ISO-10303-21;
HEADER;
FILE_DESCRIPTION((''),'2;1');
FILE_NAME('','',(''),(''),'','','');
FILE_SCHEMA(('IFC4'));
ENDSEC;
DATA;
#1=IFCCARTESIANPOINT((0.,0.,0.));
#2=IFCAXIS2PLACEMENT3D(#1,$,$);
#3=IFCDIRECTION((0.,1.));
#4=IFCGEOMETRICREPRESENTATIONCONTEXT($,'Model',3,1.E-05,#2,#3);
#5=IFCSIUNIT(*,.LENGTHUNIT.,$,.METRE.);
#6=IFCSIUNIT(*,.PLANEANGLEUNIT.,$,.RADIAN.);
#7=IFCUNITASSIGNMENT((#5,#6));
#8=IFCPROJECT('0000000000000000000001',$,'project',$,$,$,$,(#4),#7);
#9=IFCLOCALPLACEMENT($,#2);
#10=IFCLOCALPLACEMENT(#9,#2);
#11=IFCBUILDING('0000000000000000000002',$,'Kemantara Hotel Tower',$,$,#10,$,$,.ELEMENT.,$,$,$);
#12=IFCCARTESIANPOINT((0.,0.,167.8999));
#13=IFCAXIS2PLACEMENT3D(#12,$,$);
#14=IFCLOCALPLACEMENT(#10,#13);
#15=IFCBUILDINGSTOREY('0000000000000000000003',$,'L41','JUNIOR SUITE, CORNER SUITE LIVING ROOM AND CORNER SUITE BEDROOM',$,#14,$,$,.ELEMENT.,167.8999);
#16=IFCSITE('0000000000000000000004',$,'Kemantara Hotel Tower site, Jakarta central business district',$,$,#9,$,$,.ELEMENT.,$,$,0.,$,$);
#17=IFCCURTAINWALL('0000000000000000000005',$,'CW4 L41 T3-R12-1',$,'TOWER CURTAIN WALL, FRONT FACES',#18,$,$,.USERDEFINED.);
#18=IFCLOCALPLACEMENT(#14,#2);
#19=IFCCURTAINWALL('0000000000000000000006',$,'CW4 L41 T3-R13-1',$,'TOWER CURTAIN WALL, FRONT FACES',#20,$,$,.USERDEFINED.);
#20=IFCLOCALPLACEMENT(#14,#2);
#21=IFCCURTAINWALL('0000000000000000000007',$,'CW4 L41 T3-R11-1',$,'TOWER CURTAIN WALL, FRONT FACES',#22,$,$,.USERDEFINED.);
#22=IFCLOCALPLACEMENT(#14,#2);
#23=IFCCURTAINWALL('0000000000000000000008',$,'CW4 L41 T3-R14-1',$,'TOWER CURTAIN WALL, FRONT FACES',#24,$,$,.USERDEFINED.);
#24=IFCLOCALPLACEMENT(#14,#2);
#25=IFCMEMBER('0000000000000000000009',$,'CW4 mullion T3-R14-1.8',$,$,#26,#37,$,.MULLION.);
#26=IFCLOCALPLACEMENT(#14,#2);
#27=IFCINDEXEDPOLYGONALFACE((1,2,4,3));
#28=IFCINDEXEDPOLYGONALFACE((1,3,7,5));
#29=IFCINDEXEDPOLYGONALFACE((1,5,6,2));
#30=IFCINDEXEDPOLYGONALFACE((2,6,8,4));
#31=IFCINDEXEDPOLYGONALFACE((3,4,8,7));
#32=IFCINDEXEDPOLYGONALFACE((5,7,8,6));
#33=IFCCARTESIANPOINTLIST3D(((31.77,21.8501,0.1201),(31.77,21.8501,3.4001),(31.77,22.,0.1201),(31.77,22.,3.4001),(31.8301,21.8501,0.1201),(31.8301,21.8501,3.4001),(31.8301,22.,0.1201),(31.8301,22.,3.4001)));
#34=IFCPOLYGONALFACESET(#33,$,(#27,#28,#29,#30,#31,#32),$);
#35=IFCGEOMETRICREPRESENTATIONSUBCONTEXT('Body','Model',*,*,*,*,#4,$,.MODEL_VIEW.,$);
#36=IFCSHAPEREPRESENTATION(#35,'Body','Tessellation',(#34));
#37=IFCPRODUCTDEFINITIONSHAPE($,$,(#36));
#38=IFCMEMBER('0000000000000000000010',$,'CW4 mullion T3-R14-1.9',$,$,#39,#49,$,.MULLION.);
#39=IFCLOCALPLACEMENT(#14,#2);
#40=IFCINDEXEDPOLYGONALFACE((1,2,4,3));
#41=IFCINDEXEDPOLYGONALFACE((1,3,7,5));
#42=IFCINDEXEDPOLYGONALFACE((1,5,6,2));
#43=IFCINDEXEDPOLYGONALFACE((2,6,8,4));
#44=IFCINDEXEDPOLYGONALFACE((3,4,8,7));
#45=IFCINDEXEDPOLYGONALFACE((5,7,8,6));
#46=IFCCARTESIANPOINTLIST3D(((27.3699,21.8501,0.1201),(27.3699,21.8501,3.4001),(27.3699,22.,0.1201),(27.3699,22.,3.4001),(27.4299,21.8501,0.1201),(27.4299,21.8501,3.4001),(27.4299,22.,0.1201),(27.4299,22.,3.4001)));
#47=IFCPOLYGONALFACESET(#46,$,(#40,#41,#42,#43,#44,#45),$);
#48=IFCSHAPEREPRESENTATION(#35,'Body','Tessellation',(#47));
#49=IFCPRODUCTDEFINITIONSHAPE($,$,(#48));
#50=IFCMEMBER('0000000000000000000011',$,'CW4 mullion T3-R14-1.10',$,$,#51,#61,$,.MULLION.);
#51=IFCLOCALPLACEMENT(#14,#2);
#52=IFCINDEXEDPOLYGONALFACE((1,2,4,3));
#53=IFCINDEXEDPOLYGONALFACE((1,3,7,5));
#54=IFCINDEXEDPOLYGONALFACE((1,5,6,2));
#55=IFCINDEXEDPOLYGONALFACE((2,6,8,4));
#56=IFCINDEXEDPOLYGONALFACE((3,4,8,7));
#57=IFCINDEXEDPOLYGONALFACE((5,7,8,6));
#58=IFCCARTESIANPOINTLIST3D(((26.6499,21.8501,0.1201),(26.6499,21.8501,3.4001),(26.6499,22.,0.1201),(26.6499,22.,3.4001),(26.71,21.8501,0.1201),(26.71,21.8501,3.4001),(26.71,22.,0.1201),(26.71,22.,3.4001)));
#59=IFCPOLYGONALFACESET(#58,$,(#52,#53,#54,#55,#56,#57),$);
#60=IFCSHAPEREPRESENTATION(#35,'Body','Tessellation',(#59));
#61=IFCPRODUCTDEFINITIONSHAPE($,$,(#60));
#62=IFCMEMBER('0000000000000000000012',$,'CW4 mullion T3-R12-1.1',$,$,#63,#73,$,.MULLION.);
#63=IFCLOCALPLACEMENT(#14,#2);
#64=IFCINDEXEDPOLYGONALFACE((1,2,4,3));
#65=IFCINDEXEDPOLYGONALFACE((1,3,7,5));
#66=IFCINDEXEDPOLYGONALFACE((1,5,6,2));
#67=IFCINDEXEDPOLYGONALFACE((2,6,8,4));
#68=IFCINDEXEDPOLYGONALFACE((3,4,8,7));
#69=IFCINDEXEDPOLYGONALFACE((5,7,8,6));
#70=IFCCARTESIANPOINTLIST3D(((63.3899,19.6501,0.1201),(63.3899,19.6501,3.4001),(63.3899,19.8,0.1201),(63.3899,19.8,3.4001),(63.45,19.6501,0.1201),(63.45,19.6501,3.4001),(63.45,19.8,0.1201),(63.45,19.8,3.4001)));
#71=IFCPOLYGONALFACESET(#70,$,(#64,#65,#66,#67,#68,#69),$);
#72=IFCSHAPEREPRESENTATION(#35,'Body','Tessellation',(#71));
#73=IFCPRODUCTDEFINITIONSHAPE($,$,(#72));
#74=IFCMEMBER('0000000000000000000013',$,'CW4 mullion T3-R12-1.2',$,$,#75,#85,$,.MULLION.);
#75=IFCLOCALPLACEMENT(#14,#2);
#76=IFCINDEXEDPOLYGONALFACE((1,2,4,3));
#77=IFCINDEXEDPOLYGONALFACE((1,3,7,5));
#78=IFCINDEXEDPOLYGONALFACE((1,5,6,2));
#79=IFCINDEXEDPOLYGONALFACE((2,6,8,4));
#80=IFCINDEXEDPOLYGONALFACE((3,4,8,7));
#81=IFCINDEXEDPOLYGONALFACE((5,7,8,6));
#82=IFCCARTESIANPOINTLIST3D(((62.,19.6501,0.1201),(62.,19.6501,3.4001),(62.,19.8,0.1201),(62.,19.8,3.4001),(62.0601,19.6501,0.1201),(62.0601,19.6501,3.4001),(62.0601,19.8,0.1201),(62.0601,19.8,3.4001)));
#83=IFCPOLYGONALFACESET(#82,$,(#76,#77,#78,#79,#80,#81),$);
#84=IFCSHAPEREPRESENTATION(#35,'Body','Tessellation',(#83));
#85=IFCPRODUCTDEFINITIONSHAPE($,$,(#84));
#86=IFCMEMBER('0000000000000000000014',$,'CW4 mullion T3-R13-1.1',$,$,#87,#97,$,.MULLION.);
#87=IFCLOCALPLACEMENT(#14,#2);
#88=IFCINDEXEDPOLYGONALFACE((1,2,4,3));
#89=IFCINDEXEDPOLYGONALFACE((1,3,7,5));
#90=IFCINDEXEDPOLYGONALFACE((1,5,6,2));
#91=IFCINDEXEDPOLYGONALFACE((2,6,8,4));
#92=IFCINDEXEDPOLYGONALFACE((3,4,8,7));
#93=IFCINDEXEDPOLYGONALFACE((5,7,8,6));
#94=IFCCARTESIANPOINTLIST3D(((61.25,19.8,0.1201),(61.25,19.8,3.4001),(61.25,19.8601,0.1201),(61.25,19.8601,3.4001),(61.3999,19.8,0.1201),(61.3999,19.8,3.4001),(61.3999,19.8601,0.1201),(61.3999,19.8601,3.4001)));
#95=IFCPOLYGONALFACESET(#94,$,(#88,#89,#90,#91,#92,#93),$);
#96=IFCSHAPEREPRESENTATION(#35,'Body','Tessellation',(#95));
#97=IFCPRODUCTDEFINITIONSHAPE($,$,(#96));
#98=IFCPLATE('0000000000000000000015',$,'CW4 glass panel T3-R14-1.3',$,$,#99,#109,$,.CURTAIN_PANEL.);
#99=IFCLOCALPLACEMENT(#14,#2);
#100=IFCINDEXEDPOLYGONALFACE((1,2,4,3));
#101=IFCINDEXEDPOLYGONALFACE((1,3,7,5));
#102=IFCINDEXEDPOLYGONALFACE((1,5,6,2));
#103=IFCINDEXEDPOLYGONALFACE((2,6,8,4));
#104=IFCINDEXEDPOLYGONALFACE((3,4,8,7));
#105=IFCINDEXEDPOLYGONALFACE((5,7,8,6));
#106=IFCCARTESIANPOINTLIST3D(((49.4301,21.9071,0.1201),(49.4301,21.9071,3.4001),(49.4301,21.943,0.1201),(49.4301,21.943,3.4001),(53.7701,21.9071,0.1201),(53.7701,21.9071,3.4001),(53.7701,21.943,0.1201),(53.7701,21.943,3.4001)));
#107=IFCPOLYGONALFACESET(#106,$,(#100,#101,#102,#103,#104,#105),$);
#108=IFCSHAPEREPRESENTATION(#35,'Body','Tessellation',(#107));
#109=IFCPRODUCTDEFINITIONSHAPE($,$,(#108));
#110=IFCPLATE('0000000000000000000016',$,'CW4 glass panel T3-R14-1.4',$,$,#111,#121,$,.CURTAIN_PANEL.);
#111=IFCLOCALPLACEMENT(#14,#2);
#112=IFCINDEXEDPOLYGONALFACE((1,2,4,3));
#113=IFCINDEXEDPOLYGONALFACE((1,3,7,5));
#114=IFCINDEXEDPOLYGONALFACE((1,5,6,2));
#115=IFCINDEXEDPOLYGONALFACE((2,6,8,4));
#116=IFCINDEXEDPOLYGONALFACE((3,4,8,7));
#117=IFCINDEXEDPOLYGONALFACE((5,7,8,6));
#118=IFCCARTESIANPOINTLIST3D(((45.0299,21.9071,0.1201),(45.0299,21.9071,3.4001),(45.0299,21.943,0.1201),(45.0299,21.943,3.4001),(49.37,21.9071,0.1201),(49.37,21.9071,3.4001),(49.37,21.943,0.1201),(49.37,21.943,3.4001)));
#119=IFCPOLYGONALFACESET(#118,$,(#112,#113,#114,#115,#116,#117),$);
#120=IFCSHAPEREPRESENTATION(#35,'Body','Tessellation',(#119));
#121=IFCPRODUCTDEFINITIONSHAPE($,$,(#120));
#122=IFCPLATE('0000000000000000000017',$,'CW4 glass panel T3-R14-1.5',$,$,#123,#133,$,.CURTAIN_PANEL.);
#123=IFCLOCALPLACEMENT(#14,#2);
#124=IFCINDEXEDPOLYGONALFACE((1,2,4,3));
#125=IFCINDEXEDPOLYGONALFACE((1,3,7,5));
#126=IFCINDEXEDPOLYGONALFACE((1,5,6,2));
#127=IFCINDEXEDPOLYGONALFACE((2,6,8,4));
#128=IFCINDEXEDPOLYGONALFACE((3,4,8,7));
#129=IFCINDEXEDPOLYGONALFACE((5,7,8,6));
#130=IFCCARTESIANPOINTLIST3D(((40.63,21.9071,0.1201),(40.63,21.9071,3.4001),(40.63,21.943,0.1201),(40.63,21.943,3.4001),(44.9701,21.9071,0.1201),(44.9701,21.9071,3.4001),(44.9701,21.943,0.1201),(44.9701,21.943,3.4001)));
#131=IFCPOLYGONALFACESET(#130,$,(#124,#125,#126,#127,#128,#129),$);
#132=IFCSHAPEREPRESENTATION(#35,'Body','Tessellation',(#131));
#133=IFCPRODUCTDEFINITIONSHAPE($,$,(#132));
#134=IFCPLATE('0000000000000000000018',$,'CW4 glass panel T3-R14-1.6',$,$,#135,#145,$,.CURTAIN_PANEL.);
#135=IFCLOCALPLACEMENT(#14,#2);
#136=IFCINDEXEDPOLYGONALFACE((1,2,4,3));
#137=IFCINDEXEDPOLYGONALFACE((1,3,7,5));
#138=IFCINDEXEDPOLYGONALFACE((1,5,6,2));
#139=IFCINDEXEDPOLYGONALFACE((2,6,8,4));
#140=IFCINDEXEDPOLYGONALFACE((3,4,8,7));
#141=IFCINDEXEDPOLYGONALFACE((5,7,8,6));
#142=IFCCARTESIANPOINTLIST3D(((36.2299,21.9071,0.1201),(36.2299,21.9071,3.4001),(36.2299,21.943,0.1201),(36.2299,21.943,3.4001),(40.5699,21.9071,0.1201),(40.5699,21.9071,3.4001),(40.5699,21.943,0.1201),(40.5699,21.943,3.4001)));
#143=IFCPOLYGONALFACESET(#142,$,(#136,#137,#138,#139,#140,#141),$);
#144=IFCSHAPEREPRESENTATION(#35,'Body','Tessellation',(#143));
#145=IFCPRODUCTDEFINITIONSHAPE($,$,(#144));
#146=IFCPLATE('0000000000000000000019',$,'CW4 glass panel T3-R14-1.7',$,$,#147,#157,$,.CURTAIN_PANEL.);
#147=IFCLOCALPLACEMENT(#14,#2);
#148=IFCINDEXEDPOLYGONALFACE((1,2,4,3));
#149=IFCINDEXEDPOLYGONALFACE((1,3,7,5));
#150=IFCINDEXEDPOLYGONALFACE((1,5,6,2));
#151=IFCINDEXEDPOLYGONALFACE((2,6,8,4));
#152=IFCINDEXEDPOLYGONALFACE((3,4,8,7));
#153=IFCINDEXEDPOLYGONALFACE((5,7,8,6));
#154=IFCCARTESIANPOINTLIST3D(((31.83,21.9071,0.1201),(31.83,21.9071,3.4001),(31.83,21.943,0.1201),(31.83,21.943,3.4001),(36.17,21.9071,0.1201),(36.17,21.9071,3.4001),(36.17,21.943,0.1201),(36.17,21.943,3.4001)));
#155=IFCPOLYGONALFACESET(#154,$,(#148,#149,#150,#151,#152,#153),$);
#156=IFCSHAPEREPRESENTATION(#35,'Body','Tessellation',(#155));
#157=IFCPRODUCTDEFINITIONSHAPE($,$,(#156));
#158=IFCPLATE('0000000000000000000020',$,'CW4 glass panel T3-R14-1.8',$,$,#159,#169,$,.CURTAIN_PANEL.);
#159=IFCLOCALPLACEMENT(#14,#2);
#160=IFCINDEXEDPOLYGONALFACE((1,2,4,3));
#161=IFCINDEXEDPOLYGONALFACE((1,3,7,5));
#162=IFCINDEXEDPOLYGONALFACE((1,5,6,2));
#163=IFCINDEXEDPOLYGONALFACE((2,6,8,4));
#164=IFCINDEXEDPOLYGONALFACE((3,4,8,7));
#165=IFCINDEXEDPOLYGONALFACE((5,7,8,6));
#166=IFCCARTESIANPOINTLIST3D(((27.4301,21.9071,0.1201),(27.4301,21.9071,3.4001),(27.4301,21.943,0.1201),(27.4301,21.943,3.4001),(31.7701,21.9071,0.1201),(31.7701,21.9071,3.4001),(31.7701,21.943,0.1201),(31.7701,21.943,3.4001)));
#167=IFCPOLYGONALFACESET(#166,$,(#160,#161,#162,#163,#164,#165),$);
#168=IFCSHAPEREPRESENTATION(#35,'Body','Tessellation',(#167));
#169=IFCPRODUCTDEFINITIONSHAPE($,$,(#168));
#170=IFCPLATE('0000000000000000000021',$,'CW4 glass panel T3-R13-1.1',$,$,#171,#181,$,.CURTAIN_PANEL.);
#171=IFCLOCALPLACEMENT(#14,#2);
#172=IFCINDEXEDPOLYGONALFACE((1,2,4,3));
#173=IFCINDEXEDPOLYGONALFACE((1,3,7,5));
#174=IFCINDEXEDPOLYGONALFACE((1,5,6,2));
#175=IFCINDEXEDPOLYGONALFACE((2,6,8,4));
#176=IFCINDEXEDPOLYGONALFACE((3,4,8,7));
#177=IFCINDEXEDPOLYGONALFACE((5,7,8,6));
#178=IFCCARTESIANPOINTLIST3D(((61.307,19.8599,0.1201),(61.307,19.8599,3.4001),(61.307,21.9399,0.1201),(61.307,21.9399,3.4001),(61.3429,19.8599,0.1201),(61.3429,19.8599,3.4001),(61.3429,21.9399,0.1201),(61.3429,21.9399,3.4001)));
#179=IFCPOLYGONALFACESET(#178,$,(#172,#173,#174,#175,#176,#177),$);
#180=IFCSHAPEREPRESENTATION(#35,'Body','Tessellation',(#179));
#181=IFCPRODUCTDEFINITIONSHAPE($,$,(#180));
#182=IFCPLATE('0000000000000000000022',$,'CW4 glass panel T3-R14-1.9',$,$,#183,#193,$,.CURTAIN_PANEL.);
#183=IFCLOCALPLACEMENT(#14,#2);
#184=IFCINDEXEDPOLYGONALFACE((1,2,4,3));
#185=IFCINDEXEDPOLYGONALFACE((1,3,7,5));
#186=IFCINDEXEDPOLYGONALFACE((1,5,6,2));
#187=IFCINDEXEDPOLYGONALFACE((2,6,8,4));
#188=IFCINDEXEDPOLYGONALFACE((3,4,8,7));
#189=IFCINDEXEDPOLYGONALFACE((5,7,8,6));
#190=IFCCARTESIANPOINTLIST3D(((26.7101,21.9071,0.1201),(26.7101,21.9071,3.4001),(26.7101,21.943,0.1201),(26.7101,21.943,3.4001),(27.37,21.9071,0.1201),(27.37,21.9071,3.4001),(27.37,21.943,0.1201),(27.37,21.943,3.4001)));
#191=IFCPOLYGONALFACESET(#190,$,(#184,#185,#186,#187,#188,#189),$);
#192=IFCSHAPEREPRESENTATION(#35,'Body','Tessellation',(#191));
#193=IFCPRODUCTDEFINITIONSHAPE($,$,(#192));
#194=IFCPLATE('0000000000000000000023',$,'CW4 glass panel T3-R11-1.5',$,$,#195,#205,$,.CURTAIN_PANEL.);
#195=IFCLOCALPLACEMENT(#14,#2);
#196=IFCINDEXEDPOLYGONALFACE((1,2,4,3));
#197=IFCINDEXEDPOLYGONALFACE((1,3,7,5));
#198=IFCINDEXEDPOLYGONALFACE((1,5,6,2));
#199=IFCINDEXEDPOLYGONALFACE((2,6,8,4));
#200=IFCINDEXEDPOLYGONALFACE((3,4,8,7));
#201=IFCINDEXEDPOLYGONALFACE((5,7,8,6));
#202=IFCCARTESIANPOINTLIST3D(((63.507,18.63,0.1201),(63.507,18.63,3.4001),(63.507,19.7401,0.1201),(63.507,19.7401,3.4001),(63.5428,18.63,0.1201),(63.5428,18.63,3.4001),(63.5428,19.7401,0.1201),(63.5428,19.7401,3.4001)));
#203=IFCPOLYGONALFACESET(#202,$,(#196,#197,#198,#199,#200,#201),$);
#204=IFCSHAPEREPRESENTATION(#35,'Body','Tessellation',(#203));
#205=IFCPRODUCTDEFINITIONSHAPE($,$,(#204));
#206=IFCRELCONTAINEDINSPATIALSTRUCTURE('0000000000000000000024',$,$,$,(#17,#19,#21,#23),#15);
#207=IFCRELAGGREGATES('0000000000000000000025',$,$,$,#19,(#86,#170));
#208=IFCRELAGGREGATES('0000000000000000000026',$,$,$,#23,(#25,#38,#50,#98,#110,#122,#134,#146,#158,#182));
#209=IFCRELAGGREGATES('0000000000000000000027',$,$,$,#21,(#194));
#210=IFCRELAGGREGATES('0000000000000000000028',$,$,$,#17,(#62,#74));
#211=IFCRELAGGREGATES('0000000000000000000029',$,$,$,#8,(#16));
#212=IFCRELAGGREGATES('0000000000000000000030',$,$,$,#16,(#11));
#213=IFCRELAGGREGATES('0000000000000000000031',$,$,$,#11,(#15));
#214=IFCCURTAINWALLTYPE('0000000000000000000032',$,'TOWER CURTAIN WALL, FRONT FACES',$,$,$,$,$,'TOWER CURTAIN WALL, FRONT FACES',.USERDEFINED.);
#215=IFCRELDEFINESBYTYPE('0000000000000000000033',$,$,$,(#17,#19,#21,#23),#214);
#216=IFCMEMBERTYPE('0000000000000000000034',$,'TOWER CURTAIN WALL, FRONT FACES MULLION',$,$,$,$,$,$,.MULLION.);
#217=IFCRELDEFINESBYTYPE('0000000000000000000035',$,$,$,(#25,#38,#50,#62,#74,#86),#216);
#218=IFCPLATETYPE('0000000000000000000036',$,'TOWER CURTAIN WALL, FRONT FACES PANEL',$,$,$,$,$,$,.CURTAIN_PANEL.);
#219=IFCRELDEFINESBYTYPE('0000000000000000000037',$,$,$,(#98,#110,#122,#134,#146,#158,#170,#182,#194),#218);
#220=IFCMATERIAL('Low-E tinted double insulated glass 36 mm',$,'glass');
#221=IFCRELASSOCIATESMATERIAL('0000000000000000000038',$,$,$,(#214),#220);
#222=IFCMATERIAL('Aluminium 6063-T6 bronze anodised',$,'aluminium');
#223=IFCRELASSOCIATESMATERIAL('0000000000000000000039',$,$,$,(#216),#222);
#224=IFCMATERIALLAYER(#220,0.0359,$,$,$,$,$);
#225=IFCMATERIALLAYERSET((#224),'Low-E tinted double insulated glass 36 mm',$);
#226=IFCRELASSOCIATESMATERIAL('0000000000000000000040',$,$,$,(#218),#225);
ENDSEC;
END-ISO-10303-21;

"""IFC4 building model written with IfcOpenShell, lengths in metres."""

from ifc_helpers import new_model, si_unit, direction, frame, origin, origin_2d, place, context, subcontext, project, spatial, rectangle, extrude, source, transform, mapped, material, layer, layer_set, material_profile, profile_set, type_object, element, aggregate, save


model = new_model("IFC4")

# Units and contexts
model_context = context("Model", 3, precision=1e-05, world=origin(), true_north=direction((0.0, 1.0)))
body_context = subcontext(model_context, "Body", "Model", "MODEL_VIEW")
ifc_project = project(units=[si_unit("LENGTHUNIT", "METRE"), si_unit("PLANEANGLEUNIT", "RADIAN")], contexts=[model_context])

# Site, building, storey
site_placement = place(None, origin())
site = spatial("IfcSite", under=ifc_project, at=site_placement, Name="Kemantara Hotel Tower site, Jakarta central business district", CompositionType="ELEMENT", RefElevation=0.0)
building_placement = place(site_placement, origin())
building = spatial("IfcBuilding", under=site, at=building_placement, Name="Kemantara Hotel Tower", CompositionType="ELEMENT")
storey_placement = place(building_placement, frame((0.0, 0.0, 167.8999)))
storey = spatial("IfcBuildingStorey", under=building, at=storey_placement, Name="L41", Description="JUNIOR SUITE, CORNER SUITE LIVING ROOM AND CORNER SUITE BEDROOM", CompositionType="ELEMENT", Elevation=167.8999)

# Curtain walls
ifc_material_1 = material(Name="Low-E tinted double insulated glass 36 mm", Category="glass")
curtain_wall_type = type_object("IfcCurtainWallType", Name="TOWER CURTAIN WALL, FRONT FACES", ElementType="TOWER CURTAIN WALL, FRONT FACES", PredefinedType="USERDEFINED", material=ifc_material_1)
curtain_wall_1_placement = place(storey_placement, origin())
curtain_wall_1 = element("IfcCurtainWall", 1, at=curtain_wall_1_placement, inside=storey, type_object=curtain_wall_type, Name="CW4 L41 T3-R12-1", ObjectType="TOWER CURTAIN WALL, FRONT FACES", PredefinedType="USERDEFINED")
ifc_material_2 = material(Name="Aluminium 6063-T6 bronze anodised", Category="aluminium")
curtain_wall_2_placement = place(storey_placement, origin())
curtain_wall_2 = element("IfcCurtainWall", 2, at=curtain_wall_2_placement, inside=storey, type_object=curtain_wall_type, Name="CW4 L41 T3-R13-1", ObjectType="TOWER CURTAIN WALL, FRONT FACES", PredefinedType="USERDEFINED")

# Curtain walls, members
curtain_wall_3_placement = place(storey_placement, origin())
curtain_wall_3 = element("IfcCurtainWall", 3, at=curtain_wall_3_placement, inside=storey, type_object=curtain_wall_type, Name="CW4 L41 T3-R11-1", ObjectType="TOWER CURTAIN WALL, FRONT FACES", PredefinedType="USERDEFINED")
ifc_material_profile_1 = material_profile(ifc_material_2, rectangle(XDim=0.1499, YDim=0.0601, at=origin_2d()), Name="TOWER CURTAIN WALL, FRONT FACES MULLION")
ifc_profile_set_1 = profile_set([ifc_material_profile_1], Name="Aluminium 6063-T6 bronze anodised")
member_type_1 = type_object("IfcMemberType", Name="TOWER CURTAIN WALL, FRONT FACES MULLION", PredefinedType="MULLION", material=ifc_profile_set_1)
shared_shape_1 = source(origin(), body_context, "Body", "SweptSolid", [
    extrude(rectangle(XDim=0.1499, YDim=0.0601, at=origin_2d()), origin(), (0.0, 0.0, 1.0), 3.28),
])
curtain_wall_4_placement = place(storey_placement, origin())
curtain_wall_4 = element("IfcCurtainWall", 4, at=curtain_wall_4_placement, inside=storey, type_object=curtain_wall_type, Name="CW4 L41 T3-R14-1", ObjectType="TOWER CURTAIN WALL, FRONT FACES", PredefinedType="USERDEFINED")
member_1_placement = place(storey_placement, frame((31.8, 21.925, 0.1201), z_axis=(0.0, 0.0, 1.0), x_axis=(0.0, -1.0, 0.0)))
member_1 = element("IfcMember", 5, at=member_1_placement, type_object=member_type_1, Name="CW4 mullion T3-R14-1.8", PredefinedType="MULLION", context=body_context, shape_type="MappedRepresentation", body=[
    mapped(shared_shape_1, transform((0.0, 0.0, 0.0))),
])
member_2_placement = place(storey_placement, frame((27.3999, 21.925, 0.1201), z_axis=(0.0, 0.0, 1.0), x_axis=(0.0, -1.0, 0.0)))
member_2 = element("IfcMember", 6, at=member_2_placement, type_object=member_type_1, Name="CW4 mullion T3-R14-1.9", PredefinedType="MULLION", context=body_context, shape_type="MappedRepresentation", body=[
    mapped(shared_shape_1, transform((0.0, 0.0, 0.0))),
])
member_3_placement = place(storey_placement, frame((26.6799, 21.925, 0.1201), z_axis=(0.0, 0.0, 1.0), x_axis=(0.0, -1.0, 0.0)))
member_3 = element("IfcMember", 7, at=member_3_placement, type_object=member_type_1, Name="CW4 mullion T3-R14-1.10", PredefinedType="MULLION", context=body_context, shape_type="MappedRepresentation", body=[
    mapped(shared_shape_1, transform((0.0, 0.0, 0.0))),
])

# Members
member_4_placement = place(storey_placement, frame((63.4199, 19.7251, 0.1201), z_axis=(0.0, 0.0, 1.0), x_axis=(0.0, -1.0, 0.0)))
member_4 = element("IfcMember", 8, at=member_4_placement, type_object=member_type_1, Name="CW4 mullion T3-R12-1.1", PredefinedType="MULLION", context=body_context, shape_type="MappedRepresentation", body=[
    mapped(shared_shape_1, transform((0.0, 0.0, 0.0))),
])
member_5_placement = place(storey_placement, frame((62.03, 19.7251, 0.1201), z_axis=(0.0, 0.0, 1.0), x_axis=(0.0, -1.0, 0.0)))
member_5 = element("IfcMember", 9, at=member_5_placement, type_object=member_type_1, Name="CW4 mullion T3-R12-1.2", PredefinedType="MULLION", context=body_context, shape_type="MappedRepresentation", body=[
    mapped(shared_shape_1, transform((0.0, 0.0, 0.0))),
])
member_6_placement = place(storey_placement, frame((61.325, 19.8301, 0.1201), z_axis=(0.0, 0.0, 1.0), x_axis=(-1.0, 0.0, 0.0)))
member_6 = element("IfcMember", 10, at=member_6_placement, type_object=member_type_1, Name="CW4 mullion T3-R13-1.1", PredefinedType="MULLION", context=body_context, shape_type="MappedRepresentation", body=[
    mapped(shared_shape_1, transform((0.0, 0.0, 0.0))),
])

# Plates
ifc_layer_1 = layer(ifc_material_1, 0.0359)
ifc_layer_set_1 = layer_set([ifc_layer_1], Name="Low-E tinted double insulated glass 36 mm")
plate_type = type_object("IfcPlateType", Name="TOWER CURTAIN WALL, FRONT FACES PANEL", PredefinedType="CURTAIN_PANEL", material=ifc_layer_set_1)
shared_shape_2 = source(origin(), body_context, "Body", "SweptSolid", [
    extrude(rectangle(XDim=4.3401, YDim=0.0359, at=origin_2d()), origin(), (0.0, 0.0, 1.0), 3.28),
])
plate_1_placement = place(storey_placement, frame((51.6001, 21.925, 0.1201), z_axis=(0.0, 0.0, 1.0), x_axis=(-1.0, 0.0, 0.0)))
plate_1 = element("IfcPlate", 11, at=plate_1_placement, type_object=plate_type, Name="CW4 glass panel T3-R14-1.3", PredefinedType="CURTAIN_PANEL", context=body_context, shape_type="MappedRepresentation", body=[
    mapped(shared_shape_2, transform((0.0, 0.0, 0.0))),
])
plate_2_placement = place(storey_placement, frame((47.2, 21.925, 0.1201), z_axis=(0.0, 0.0, 1.0), x_axis=(-1.0, 0.0, 0.0)))
plate_2 = element("IfcPlate", 12, at=plate_2_placement, type_object=plate_type, Name="CW4 glass panel T3-R14-1.4", PredefinedType="CURTAIN_PANEL", context=body_context, shape_type="MappedRepresentation", body=[
    mapped(shared_shape_2, transform((0.0, 0.0, 0.0))),
])
plate_3_placement = place(storey_placement, frame((42.8, 21.925, 0.1201), z_axis=(0.0, 0.0, 1.0), x_axis=(-1.0, 0.0, 0.0)))
plate_3 = element("IfcPlate", 13, at=plate_3_placement, type_object=plate_type, Name="CW4 glass panel T3-R14-1.5", PredefinedType="CURTAIN_PANEL", context=body_context, shape_type="MappedRepresentation", body=[
    mapped(shared_shape_2, transform((0.0, 0.0, 0.0))),
])
plate_4_placement = place(storey_placement, frame((38.3999, 21.925, 0.1201), z_axis=(0.0, 0.0, 1.0), x_axis=(-1.0, 0.0, 0.0)))
plate_4 = element("IfcPlate", 14, at=plate_4_placement, type_object=plate_type, Name="CW4 glass panel T3-R14-1.6", PredefinedType="CURTAIN_PANEL", context=body_context, shape_type="MappedRepresentation", body=[
    mapped(shared_shape_2, transform((0.0, 0.0, 0.0))),
])
plate_5_placement = place(storey_placement, frame((34.0, 21.925, 0.1201), z_axis=(0.0, 0.0, 1.0), x_axis=(-1.0, 0.0, 0.0)))
plate_5 = element("IfcPlate", 15, at=plate_5_placement, type_object=plate_type, Name="CW4 glass panel T3-R14-1.7", PredefinedType="CURTAIN_PANEL", context=body_context, shape_type="MappedRepresentation", body=[
    mapped(shared_shape_2, transform((0.0, 0.0, 0.0))),
])
plate_6_placement = place(storey_placement, frame((29.6001, 21.925, 0.1201), z_axis=(0.0, 0.0, 1.0), x_axis=(-1.0, 0.0, 0.0)))
plate_6 = element("IfcPlate", 16, at=plate_6_placement, type_object=plate_type, Name="CW4 glass panel T3-R14-1.8", PredefinedType="CURTAIN_PANEL", context=body_context, shape_type="MappedRepresentation", body=[
    mapped(shared_shape_2, transform((0.0, 0.0, 0.0))),
])
shared_shape_3 = source(origin(), body_context, "Body", "SweptSolid", [
    extrude(rectangle(XDim=2.0801, YDim=0.0359, at=origin_2d()), origin(), (0.0, 0.0, 1.0), 3.28),
])
plate_7_placement = place(storey_placement, frame((61.325, 20.8999, 0.1201), z_axis=(0.0, 0.0, 1.0), x_axis=(0.0, 1.0, 0.0)))
plate_7 = element("IfcPlate", 17, at=plate_7_placement, type_object=plate_type, Name="CW4 glass panel T3-R13-1.1", PredefinedType="CURTAIN_PANEL", context=body_context, shape_type="MappedRepresentation", body=[
    mapped(shared_shape_3, transform((0.0, 0.0, 0.0))),
])
aggregate(curtain_wall_2, [member_6, plate_7])
shared_shape_4 = source(origin(), body_context, "Body", "SweptSolid", [
    extrude(rectangle(XDim=0.6599, YDim=0.0359, at=origin_2d()), origin(), (0.0, 0.0, 1.0), 3.28),
])
plate_8_placement = place(storey_placement, frame((27.04, 21.925, 0.1201), z_axis=(0.0, 0.0, 1.0), x_axis=(-1.0, 0.0, 0.0)))
plate_8 = element("IfcPlate", 18, at=plate_8_placement, type_object=plate_type, Name="CW4 glass panel T3-R14-1.9", PredefinedType="CURTAIN_PANEL", context=body_context, shape_type="MappedRepresentation", body=[
    mapped(shared_shape_4, transform((0.0, 0.0, 0.0))),
])
aggregate(curtain_wall_4, [member_1, member_2, member_3, plate_1, plate_2, plate_3, plate_4, plate_5, plate_6, plate_8])
shared_shape_5 = source(origin(), body_context, "Body", "SweptSolid", [
    extrude(rectangle(XDim=1.1101, YDim=0.0359, at=origin_2d()), origin(), (0.0, 0.0, 1.0), 3.28),
])
plate_9_placement = place(storey_placement, frame((63.5249, 19.1851, 0.1201), z_axis=(0.0, 0.0, 1.0), x_axis=(0.0, 1.0, 0.0)))
plate_9 = element("IfcPlate", 19, at=plate_9_placement, type_object=plate_type, Name="CW4 glass panel T3-R11-1.5", PredefinedType="CURTAIN_PANEL", context=body_context, shape_type="MappedRepresentation", body=[
    mapped(shared_shape_5, transform((0.0, 0.0, 0.0))),
])
aggregate(curtain_wall_3, [plate_9])
aggregate(curtain_wall_1, [member_4, member_5])

save(model, "model.ifc")
